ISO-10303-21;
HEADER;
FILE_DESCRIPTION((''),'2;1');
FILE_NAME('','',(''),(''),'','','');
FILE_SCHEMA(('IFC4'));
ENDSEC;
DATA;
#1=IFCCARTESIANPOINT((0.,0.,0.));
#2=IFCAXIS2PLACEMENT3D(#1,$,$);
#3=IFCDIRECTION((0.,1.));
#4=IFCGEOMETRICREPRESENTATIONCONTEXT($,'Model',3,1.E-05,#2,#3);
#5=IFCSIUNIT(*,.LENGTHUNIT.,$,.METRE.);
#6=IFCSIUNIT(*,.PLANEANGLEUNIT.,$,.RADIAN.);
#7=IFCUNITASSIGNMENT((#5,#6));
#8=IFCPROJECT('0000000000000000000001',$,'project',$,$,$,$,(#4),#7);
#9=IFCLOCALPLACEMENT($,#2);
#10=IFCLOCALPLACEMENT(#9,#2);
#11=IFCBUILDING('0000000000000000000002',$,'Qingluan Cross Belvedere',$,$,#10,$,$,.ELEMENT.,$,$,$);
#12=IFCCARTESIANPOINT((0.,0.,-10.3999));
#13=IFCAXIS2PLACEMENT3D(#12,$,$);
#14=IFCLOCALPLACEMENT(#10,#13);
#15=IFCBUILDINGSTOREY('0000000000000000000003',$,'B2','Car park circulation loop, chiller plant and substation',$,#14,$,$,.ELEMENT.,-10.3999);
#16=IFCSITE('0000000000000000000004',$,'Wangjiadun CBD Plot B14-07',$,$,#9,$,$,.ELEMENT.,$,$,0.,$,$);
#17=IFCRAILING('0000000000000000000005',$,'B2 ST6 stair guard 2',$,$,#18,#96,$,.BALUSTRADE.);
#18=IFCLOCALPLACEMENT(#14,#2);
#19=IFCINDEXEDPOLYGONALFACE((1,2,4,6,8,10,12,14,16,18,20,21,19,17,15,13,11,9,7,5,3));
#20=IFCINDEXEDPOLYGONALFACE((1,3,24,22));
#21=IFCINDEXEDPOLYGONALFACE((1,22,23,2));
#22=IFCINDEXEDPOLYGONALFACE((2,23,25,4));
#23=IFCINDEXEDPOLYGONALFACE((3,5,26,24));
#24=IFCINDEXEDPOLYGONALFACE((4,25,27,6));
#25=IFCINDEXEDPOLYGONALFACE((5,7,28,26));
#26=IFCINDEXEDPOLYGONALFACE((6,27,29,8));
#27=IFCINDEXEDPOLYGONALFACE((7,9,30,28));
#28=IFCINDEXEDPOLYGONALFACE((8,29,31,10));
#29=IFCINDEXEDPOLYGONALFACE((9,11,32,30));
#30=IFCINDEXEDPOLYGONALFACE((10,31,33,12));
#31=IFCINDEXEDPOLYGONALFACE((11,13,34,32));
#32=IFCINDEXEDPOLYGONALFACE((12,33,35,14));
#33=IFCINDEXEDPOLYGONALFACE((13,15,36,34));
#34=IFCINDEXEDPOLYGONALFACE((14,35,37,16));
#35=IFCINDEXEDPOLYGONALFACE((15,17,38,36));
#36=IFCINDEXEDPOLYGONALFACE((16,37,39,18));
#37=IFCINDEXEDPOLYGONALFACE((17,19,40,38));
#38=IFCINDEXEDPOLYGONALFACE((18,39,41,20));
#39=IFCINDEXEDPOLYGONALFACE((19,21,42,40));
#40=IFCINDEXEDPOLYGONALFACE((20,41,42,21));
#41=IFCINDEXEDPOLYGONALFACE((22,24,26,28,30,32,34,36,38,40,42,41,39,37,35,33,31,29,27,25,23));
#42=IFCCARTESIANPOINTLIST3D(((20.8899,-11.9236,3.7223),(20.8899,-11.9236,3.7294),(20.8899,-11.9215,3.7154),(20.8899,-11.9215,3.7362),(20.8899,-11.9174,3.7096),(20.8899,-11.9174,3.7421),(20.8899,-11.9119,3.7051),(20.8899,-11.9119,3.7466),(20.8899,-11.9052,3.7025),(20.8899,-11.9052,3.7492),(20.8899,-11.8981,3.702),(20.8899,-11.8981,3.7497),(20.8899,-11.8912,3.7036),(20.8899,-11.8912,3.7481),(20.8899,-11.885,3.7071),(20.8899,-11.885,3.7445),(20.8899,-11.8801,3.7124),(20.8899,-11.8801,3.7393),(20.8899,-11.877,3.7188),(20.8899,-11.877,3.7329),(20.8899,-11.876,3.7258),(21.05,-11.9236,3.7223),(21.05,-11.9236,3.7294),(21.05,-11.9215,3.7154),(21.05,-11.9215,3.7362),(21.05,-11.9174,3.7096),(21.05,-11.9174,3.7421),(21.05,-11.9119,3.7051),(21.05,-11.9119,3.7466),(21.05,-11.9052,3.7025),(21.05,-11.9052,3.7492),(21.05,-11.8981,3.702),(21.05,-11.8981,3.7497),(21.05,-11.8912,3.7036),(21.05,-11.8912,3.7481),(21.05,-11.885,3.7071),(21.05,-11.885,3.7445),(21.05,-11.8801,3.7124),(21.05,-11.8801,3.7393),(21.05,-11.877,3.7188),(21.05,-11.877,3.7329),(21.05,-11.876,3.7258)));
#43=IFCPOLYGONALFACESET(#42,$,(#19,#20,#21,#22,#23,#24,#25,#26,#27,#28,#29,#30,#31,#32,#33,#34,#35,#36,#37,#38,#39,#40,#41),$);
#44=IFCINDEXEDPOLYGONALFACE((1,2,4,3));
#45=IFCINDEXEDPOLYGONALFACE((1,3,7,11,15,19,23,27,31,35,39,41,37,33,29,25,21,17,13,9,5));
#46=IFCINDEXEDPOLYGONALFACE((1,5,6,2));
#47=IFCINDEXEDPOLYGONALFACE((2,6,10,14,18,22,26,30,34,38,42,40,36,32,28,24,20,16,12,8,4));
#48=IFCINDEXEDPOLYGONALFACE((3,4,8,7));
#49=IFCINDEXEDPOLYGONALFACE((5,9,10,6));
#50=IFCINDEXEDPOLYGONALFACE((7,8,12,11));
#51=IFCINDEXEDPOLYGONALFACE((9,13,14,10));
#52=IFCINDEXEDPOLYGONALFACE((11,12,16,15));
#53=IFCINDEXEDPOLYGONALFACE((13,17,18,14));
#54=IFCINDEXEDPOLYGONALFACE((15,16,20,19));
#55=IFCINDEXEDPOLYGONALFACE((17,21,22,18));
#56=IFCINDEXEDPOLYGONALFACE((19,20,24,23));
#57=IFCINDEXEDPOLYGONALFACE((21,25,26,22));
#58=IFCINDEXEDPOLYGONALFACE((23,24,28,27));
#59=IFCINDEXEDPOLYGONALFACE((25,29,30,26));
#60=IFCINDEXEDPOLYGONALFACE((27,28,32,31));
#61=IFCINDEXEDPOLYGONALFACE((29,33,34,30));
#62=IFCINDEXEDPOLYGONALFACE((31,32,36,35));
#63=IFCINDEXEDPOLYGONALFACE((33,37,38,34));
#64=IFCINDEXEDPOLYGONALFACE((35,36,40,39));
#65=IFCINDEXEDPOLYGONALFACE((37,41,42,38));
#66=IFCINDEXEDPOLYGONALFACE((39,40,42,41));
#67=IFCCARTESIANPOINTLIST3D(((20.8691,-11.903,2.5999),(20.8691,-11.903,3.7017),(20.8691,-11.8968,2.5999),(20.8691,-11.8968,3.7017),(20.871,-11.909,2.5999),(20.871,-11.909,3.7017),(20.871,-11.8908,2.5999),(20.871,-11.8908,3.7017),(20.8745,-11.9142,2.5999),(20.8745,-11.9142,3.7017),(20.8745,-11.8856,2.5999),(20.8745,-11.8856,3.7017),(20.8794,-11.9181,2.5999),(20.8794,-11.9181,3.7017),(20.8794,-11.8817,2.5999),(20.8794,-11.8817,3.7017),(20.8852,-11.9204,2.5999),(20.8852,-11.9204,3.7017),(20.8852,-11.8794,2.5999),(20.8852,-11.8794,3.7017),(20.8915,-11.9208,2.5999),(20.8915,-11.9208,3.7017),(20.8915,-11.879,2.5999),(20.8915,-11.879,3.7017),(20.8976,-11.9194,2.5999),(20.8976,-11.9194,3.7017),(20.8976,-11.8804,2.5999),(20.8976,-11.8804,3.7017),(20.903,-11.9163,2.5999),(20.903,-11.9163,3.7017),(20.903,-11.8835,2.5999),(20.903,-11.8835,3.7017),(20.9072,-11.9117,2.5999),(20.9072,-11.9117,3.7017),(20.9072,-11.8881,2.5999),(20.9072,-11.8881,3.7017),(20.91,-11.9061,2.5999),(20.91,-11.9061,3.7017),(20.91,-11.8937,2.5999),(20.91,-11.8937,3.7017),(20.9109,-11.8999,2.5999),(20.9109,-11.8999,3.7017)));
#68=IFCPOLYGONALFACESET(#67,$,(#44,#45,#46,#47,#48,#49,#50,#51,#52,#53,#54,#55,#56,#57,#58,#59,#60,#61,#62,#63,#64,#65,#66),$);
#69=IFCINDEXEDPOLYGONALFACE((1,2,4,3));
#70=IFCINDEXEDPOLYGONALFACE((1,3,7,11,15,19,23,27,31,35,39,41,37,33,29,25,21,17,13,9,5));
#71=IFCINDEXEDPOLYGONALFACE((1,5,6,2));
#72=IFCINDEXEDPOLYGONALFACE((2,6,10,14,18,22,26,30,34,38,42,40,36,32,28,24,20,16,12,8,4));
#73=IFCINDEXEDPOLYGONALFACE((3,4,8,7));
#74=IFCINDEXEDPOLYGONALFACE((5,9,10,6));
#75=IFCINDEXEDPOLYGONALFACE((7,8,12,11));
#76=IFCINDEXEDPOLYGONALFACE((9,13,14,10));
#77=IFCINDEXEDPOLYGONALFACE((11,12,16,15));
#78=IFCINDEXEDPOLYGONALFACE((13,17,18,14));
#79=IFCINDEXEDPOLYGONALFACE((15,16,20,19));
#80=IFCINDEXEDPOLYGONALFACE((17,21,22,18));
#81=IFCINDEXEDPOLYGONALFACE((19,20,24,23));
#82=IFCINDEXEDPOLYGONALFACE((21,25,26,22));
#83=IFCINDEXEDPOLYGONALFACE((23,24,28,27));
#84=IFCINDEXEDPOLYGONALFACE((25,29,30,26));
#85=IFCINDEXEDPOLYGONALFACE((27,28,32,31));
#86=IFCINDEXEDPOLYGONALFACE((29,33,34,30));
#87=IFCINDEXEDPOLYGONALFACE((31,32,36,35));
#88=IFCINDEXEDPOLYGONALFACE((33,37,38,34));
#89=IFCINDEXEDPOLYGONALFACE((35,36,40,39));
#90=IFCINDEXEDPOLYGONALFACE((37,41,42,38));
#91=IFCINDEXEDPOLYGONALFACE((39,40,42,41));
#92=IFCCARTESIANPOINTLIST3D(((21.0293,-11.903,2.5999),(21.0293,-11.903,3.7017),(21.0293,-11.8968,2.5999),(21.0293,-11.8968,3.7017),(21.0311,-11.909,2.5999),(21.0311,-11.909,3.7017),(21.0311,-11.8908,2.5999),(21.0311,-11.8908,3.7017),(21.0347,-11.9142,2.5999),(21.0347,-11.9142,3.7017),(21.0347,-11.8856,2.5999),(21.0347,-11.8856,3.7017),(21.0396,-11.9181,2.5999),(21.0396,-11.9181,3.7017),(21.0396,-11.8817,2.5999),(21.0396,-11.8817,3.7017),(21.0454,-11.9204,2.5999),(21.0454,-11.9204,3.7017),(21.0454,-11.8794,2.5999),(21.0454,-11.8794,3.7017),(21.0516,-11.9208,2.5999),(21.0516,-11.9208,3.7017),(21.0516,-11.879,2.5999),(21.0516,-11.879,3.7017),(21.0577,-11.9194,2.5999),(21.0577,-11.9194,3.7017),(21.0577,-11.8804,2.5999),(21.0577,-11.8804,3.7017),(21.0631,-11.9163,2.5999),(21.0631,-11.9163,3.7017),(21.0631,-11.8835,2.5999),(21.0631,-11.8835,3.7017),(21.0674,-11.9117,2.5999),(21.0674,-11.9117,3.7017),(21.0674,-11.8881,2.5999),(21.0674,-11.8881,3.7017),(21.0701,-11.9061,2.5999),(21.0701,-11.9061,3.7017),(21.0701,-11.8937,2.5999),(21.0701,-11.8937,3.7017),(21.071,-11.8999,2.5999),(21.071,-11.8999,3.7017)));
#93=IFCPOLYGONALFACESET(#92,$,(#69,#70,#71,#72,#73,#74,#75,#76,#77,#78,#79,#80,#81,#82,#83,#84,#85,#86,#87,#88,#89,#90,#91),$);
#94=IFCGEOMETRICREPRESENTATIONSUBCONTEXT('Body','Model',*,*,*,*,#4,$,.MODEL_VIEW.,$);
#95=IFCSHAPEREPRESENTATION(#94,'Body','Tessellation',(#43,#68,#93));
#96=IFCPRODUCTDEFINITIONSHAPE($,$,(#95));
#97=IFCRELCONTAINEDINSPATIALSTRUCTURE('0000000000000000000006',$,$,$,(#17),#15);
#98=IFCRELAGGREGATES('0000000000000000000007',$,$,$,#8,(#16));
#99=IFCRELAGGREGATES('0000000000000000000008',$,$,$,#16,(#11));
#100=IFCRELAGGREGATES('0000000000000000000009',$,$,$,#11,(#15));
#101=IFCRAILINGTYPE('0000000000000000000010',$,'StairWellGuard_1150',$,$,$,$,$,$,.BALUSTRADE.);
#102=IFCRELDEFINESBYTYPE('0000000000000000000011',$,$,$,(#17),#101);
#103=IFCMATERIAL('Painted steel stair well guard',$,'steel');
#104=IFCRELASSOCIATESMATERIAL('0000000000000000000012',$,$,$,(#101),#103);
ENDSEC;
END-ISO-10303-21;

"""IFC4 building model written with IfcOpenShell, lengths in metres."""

from ifc_helpers import new_model, si_unit, direction, frame, origin, origin_2d, place, context, subcontext, project, spatial, circle, extrude, material, type_object, element, save


model = new_model("IFC4")

# Units and contexts
model_context = context("Model", 3, precision=1e-05, world=origin(), true_north=direction((0.0, 1.0)))
body_context = subcontext(model_context, "Body", "Model", "MODEL_VIEW")
ifc_project = project(units=[si_unit("LENGTHUNIT", "METRE"), si_unit("PLANEANGLEUNIT", "RADIAN")], contexts=[model_context])

# Site, building, storey
site_placement = place(None, origin())
site = spatial("IfcSite", under=ifc_project, at=site_placement, Name="Wangjiadun CBD Plot B14-07", CompositionType="ELEMENT", RefElevation=0.0)
building_placement = place(site_placement, origin())
building = spatial("IfcBuilding", under=site, at=building_placement, Name="Qingluan Cross Belvedere", CompositionType="ELEMENT")
storey_placement = place(building_placement, frame((0.0, 0.0, -10.3999)))
storey = spatial("IfcBuildingStorey", under=building, at=storey_placement, Name="B2", Description="Car park circulation loop, chiller plant and substation", CompositionType="ELEMENT", Elevation=-10.3999)

# Railing
ifc_material_1 = material(Name="Painted steel stair well guard", Category="steel")
railing_type_1 = type_object("IfcRailingType", Name="StairWellGuard_1150", PredefinedType="BALUSTRADE", material=ifc_material_1)
railing_1_placement = place(storey_placement, frame((20.8899, -11.8999, 2.5999)))
element("IfcRailing", 1, at=railing_1_placement, inside=storey, type_object=railing_type_1, Name="B2 ST6 stair guard 2", PredefinedType="BALUSTRADE", context=body_context, shape_type="SweptSolid", body=[
    extrude(circle(Radius=0.0239, at=origin_2d()), frame((0.0, 0.0, 1.126), z_axis=(1.0, 0.0, 0.0), x_axis=(0.0, 1.0, 0.0)), (0.0, 0.0, 1.0), 0.1602),
    extrude(circle(Radius=0.021, at=origin_2d()), origin(), (0.0, 0.0, 1.0), 1.1018),
    extrude(circle(Radius=0.021, at=origin_2d()), frame((0.1602, 0.0, 0.0)), (0.0, 0.0, 1.0), 1.1018),
])

save(model, "model.ifc")
